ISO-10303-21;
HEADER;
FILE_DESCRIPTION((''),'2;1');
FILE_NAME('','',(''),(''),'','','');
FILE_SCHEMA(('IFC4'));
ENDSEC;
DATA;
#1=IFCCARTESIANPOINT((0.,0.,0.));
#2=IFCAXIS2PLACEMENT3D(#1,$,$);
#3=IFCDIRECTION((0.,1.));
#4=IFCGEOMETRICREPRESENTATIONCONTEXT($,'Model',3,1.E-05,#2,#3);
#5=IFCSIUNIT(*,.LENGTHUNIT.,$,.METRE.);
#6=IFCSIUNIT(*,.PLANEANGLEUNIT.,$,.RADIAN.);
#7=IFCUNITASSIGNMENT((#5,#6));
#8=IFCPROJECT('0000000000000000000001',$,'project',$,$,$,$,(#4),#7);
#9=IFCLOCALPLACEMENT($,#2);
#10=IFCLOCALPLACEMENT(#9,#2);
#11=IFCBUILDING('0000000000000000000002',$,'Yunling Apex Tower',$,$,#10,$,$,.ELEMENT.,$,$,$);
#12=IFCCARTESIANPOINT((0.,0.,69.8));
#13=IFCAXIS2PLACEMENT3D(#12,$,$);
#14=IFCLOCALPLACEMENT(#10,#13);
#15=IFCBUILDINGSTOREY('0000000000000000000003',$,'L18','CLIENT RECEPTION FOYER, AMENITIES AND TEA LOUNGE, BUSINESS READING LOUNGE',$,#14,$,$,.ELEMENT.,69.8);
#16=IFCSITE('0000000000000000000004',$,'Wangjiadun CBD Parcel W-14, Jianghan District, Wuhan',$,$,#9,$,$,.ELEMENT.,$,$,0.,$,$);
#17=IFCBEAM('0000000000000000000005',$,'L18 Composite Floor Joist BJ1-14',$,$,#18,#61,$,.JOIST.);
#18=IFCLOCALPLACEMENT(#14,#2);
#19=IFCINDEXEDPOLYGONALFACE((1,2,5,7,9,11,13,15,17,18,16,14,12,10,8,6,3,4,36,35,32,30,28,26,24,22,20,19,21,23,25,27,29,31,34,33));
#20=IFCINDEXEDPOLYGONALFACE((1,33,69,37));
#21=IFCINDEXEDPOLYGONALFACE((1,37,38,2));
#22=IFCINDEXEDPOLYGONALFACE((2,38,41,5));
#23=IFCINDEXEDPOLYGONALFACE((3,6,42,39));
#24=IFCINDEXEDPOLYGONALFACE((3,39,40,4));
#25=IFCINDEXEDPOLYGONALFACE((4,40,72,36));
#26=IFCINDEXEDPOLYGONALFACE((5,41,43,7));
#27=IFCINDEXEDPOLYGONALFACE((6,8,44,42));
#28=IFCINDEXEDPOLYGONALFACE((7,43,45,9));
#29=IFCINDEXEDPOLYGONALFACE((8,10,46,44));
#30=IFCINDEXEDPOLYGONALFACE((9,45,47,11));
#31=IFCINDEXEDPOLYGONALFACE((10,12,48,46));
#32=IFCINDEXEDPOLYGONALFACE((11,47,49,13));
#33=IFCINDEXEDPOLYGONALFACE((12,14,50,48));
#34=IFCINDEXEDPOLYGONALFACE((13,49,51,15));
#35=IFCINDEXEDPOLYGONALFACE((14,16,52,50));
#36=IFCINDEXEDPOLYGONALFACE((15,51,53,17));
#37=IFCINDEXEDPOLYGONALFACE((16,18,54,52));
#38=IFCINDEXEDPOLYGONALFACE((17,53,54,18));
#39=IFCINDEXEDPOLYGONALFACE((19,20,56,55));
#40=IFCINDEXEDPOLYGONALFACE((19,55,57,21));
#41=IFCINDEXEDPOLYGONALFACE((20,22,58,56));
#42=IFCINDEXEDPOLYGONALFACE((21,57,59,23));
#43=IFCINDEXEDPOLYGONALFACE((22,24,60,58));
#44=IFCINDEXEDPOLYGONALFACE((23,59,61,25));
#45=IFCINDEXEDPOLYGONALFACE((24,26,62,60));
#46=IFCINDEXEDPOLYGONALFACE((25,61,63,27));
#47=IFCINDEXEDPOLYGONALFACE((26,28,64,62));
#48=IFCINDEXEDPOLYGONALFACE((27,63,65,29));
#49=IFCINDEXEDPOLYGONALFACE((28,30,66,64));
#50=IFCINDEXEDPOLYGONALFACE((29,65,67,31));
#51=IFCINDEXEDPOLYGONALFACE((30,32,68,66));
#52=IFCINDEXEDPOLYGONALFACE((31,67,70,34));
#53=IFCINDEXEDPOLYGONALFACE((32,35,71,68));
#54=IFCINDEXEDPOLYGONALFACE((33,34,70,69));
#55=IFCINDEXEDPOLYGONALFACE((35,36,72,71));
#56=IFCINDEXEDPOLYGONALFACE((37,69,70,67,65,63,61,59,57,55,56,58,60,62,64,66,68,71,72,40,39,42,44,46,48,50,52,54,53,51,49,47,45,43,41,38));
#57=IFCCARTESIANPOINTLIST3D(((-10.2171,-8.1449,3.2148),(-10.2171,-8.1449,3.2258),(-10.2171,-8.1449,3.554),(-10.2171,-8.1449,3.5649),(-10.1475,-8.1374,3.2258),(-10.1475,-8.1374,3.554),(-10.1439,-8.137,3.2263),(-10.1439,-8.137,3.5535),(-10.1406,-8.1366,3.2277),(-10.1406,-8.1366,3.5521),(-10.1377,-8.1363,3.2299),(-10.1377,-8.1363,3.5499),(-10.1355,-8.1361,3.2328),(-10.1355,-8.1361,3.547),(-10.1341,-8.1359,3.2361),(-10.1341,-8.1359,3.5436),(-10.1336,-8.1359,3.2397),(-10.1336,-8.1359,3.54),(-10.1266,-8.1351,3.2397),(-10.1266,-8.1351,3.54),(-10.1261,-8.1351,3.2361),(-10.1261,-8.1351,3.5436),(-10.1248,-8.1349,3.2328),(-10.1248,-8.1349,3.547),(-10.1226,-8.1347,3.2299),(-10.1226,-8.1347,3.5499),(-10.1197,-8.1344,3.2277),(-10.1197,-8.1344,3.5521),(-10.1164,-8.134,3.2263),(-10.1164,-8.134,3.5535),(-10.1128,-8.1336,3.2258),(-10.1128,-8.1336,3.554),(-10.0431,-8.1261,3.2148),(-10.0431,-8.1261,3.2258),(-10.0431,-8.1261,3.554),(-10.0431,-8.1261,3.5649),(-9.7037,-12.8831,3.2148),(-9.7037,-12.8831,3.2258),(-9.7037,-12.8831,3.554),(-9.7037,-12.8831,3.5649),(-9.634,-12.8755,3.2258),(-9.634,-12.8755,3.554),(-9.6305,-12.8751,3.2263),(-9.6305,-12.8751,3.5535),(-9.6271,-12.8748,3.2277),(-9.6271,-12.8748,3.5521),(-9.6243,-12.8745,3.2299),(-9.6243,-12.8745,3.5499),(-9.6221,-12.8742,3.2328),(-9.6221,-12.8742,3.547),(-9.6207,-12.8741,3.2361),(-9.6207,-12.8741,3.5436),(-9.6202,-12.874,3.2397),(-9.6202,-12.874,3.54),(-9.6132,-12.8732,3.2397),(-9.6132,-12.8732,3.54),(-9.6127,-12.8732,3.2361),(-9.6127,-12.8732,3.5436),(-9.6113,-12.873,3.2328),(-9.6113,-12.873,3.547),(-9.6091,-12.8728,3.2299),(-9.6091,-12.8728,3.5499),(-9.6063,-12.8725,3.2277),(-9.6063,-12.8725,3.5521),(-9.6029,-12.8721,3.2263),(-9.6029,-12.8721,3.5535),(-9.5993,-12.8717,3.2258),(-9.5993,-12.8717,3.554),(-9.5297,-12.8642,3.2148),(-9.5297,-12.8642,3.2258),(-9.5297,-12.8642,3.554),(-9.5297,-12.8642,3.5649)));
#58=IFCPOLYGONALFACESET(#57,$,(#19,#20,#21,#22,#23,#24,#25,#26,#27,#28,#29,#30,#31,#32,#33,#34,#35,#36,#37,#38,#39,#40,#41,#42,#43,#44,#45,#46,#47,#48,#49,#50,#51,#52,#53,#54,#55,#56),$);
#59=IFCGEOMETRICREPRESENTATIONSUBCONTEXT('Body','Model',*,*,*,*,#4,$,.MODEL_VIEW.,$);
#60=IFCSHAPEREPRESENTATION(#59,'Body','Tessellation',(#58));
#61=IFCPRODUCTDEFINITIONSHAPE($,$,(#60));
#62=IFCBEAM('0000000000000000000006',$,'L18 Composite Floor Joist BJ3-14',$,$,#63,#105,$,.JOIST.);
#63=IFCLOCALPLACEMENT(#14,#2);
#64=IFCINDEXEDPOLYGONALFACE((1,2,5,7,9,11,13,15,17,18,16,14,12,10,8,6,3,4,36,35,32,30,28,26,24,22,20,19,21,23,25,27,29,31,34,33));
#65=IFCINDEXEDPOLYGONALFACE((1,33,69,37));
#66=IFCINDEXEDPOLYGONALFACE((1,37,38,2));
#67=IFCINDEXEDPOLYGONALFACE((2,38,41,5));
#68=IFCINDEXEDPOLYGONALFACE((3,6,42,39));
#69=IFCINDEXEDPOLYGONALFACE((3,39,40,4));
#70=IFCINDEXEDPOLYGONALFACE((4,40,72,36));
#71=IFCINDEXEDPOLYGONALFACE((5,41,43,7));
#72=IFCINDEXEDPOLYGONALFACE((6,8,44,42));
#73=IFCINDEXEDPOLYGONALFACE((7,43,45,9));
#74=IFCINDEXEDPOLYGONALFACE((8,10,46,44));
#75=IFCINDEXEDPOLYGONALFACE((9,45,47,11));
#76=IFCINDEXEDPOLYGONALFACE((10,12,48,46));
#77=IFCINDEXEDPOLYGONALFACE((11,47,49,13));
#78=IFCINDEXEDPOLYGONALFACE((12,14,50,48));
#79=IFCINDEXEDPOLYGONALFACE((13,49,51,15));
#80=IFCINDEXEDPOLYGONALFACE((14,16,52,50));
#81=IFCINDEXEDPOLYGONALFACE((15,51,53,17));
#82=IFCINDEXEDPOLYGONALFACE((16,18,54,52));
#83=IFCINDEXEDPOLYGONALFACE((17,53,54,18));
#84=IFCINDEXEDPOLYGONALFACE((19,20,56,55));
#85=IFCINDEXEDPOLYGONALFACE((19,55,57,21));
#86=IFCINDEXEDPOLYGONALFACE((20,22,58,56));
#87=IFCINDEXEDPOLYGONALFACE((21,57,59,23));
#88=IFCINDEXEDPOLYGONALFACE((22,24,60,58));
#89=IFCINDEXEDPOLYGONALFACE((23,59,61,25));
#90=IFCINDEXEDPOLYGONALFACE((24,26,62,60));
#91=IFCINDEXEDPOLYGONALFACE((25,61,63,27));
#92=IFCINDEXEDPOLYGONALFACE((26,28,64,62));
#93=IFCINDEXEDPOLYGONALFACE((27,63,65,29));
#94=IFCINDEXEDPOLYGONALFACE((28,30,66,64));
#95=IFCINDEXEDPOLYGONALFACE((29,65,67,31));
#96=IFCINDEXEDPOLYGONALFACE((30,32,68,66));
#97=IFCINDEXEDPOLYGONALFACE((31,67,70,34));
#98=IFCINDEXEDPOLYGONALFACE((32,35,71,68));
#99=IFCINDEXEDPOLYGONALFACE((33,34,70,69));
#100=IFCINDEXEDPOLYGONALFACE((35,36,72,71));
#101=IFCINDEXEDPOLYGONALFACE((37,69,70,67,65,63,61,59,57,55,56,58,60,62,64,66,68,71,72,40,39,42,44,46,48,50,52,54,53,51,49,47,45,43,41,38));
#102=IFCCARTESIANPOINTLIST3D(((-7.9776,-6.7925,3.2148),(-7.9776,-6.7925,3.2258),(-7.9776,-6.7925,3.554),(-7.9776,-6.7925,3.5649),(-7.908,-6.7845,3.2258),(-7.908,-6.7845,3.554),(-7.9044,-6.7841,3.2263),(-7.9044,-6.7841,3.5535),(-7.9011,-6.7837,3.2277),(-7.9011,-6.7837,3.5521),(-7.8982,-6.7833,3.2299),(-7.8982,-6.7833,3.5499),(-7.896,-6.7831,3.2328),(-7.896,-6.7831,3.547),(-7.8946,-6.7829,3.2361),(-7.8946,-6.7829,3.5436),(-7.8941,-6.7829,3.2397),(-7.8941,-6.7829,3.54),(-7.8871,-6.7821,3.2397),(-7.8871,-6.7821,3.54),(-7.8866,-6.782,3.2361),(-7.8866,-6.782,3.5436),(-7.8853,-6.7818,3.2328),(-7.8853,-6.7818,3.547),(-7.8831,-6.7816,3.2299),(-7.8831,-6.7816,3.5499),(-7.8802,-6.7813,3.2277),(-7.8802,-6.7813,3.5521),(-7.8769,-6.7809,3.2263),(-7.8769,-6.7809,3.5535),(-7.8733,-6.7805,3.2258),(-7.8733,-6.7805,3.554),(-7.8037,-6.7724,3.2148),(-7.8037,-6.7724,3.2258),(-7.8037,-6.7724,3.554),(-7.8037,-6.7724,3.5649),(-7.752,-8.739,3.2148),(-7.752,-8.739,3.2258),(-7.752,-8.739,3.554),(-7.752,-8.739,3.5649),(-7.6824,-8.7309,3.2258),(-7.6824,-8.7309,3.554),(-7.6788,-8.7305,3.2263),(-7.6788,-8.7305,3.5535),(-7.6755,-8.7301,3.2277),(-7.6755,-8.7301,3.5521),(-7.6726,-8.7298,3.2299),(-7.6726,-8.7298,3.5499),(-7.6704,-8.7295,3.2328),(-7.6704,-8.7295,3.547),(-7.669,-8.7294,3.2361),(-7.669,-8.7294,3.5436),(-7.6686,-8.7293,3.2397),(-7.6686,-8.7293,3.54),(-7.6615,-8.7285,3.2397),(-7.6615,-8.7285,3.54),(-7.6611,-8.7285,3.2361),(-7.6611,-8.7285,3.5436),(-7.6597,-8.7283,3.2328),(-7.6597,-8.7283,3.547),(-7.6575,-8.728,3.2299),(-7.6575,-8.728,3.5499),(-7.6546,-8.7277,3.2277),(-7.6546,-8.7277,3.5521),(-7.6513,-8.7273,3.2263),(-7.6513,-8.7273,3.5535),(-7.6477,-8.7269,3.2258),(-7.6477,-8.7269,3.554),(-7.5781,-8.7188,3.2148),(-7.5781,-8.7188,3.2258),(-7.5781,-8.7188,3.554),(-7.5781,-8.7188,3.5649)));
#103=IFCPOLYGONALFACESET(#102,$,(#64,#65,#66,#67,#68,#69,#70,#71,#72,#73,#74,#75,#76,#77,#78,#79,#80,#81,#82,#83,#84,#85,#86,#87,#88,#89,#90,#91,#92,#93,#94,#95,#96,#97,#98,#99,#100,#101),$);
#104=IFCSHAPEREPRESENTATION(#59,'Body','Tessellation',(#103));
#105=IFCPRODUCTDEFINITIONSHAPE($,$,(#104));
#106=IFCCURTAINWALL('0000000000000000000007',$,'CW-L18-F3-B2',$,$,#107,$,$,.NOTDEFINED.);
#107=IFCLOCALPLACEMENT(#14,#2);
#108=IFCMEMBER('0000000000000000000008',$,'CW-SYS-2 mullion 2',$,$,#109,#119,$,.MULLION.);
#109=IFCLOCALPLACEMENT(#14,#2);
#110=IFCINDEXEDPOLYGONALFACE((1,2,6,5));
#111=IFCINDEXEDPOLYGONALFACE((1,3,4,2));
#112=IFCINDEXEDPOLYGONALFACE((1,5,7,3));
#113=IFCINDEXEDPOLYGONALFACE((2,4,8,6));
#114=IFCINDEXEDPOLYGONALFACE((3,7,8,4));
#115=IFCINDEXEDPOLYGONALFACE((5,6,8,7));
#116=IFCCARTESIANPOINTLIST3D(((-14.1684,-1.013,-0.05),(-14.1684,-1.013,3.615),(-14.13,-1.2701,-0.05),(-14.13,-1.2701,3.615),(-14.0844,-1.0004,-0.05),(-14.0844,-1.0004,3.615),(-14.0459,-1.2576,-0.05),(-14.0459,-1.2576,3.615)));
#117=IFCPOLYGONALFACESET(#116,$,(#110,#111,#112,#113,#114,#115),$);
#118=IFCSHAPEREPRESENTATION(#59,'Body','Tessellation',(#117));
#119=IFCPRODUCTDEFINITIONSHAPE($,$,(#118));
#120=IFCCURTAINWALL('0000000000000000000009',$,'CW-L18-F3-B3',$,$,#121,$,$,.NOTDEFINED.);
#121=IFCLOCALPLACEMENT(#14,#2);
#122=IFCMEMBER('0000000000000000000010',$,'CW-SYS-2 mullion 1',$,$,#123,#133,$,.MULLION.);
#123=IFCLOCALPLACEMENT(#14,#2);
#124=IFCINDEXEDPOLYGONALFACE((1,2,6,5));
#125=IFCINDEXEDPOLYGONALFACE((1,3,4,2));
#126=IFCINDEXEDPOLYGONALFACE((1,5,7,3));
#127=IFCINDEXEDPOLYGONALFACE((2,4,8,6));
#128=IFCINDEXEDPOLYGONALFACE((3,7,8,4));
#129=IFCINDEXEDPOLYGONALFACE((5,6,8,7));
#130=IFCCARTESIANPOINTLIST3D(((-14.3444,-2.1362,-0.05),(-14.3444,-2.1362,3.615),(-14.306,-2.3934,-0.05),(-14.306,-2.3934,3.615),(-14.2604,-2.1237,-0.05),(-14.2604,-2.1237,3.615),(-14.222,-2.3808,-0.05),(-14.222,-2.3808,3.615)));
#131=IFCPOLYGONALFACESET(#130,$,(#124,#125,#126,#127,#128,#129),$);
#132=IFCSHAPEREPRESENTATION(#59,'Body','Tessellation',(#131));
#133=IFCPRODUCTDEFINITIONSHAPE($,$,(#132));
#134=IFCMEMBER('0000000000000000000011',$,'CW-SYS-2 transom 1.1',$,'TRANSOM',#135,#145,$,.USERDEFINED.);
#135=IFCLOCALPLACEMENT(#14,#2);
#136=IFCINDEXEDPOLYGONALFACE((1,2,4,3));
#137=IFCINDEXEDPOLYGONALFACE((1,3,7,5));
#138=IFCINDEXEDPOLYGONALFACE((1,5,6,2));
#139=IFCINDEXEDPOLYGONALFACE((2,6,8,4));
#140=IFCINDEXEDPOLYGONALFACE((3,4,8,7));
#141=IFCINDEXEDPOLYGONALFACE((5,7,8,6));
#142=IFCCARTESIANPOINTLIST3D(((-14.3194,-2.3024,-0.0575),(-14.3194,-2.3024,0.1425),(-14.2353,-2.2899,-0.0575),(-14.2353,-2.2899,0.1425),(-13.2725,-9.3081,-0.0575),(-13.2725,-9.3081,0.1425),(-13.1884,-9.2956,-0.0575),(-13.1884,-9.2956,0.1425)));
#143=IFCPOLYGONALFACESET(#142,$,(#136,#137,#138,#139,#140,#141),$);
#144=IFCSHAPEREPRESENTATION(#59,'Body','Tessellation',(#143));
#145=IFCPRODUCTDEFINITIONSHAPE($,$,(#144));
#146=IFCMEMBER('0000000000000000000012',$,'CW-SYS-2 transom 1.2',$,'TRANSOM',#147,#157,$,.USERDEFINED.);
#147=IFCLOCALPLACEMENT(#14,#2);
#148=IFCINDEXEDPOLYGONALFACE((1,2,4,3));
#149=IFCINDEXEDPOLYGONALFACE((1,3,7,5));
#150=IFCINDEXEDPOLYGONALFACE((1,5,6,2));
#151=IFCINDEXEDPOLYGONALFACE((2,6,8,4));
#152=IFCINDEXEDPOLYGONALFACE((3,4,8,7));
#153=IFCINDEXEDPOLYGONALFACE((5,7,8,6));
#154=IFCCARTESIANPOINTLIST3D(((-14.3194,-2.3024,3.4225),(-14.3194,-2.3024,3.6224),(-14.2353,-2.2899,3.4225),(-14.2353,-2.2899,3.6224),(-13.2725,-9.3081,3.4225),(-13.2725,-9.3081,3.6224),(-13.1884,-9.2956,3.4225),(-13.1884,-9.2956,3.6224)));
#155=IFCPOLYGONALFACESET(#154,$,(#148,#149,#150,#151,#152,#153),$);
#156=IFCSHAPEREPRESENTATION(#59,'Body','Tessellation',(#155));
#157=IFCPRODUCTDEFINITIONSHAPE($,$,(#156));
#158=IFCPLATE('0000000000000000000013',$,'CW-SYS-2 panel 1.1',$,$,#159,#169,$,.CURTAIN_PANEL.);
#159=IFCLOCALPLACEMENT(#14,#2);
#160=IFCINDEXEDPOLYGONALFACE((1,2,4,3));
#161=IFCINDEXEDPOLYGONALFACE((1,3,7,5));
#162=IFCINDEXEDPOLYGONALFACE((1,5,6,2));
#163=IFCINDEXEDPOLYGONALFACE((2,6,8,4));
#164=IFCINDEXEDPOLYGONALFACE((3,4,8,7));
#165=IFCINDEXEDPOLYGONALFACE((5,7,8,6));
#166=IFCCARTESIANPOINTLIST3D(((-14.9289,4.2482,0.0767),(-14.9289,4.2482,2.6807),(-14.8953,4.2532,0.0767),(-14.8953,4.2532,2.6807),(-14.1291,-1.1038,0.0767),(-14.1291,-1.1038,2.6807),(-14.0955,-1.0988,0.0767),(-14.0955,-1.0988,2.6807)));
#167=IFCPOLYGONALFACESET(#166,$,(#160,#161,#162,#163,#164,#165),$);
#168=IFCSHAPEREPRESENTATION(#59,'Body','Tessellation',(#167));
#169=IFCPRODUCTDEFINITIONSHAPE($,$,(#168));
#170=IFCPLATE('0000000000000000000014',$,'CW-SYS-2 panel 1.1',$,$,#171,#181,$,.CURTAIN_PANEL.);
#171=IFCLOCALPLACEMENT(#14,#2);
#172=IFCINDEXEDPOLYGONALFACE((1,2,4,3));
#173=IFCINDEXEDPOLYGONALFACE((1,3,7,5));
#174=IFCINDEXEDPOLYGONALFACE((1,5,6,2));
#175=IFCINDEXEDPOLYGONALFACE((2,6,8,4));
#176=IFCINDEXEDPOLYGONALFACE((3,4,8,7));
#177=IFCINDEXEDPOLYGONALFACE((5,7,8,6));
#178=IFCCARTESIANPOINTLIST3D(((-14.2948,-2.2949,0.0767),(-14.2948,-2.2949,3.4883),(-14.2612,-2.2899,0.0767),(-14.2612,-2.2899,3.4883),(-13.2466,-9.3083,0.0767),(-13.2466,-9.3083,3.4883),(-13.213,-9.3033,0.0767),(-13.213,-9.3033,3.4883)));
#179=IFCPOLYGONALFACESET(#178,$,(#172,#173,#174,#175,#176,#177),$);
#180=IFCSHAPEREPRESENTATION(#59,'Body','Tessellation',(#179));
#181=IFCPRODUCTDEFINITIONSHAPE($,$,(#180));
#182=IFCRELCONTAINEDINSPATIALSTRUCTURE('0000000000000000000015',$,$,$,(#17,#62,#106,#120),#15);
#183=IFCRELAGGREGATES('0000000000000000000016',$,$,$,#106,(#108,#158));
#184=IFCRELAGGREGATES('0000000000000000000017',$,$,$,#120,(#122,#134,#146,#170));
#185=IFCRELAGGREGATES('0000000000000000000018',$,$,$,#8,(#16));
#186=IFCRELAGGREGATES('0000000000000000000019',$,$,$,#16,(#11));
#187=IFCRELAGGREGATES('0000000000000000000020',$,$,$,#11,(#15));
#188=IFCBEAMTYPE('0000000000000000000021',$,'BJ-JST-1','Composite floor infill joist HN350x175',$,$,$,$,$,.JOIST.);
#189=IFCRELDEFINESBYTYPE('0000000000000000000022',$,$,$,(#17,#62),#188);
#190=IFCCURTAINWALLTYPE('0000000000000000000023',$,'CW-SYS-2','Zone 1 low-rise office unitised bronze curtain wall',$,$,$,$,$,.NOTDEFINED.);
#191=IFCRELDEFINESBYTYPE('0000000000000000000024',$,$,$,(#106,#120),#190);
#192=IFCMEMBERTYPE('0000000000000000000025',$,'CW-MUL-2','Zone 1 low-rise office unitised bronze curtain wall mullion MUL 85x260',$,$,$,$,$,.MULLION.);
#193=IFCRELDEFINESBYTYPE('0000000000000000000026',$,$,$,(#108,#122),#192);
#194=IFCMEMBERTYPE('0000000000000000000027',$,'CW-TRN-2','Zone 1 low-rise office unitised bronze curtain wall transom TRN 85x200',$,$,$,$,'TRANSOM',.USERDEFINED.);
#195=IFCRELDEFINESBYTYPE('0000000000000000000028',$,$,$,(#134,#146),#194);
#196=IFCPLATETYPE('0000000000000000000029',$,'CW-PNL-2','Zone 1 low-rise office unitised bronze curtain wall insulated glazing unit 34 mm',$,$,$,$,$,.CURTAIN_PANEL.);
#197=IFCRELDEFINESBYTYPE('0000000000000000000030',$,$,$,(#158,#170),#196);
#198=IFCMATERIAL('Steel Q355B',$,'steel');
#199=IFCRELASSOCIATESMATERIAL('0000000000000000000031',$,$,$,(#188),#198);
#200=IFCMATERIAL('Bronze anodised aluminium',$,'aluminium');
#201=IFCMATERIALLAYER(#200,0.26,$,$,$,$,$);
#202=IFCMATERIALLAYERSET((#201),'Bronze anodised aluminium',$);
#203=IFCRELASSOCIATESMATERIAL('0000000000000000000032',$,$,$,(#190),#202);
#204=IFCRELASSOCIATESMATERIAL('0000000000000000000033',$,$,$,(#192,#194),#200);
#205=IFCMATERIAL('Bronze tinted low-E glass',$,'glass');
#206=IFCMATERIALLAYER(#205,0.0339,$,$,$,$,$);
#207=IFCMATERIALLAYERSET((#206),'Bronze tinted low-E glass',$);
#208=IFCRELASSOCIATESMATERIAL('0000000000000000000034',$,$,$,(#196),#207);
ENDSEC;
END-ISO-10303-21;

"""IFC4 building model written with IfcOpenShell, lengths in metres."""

from ifc_helpers import new_model, si_unit, direction, frame, origin, origin_2d, place, context, subcontext, project, spatial, rectangle, i_section, extrude, source, transform, mapped, material, layer, layer_set, material_profile, profile_set, type_object, element, aggregate, save


model = new_model("IFC4")

# Units and contexts
model_context = context("Model", 3, precision=1e-05, world=origin(), true_north=direction((0.0, 1.0)))
body_context = subcontext(model_context, "Body", "Model", "MODEL_VIEW")
ifc_project = project(units=[si_unit("LENGTHUNIT", "METRE"), si_unit("PLANEANGLEUNIT", "RADIAN")], contexts=[model_context])

# Site, building, storey
site_placement = place(None, origin())
site = spatial("IfcSite", under=ifc_project, at=site_placement, Name="Wangjiadun CBD Parcel W-14, Jianghan District, Wuhan", CompositionType="ELEMENT", RefElevation=0.0)
building_placement = place(site_placement, origin())
building = spatial("IfcBuilding", under=site, at=building_placement, Name="Yunling Apex Tower", CompositionType="ELEMENT")
storey_placement = place(building_placement, frame((0.0, 0.0, 69.8)))
storey = spatial("IfcBuildingStorey", under=building, at=storey_placement, Name="L18", Description="CLIENT RECEPTION FOYER, AMENITIES AND TEA LOUNGE, BUSINESS READING LOUNGE", CompositionType="ELEMENT", Elevation=69.8)

# Beams
ifc_material_1 = material(Name="Steel Q355B", Category="steel")
ifc_material_profile_1 = material_profile(ifc_material_1, i_section(OverallWidth=0.175, OverallDepth=0.3501, WebThickness=0.0071, FlangeThickness=0.011, FilletRadius=0.0139, at=origin_2d()))
ifc_profile_set_1 = profile_set([ifc_material_profile_1], Name="Steel Q355B")
beam_type_1 = type_object("IfcBeamType", Name="BJ-JST-1", Description="Composite floor infill joist HN350x175", PredefinedType="JOIST", material=ifc_profile_set_1)
shared_shape_1 = source(origin(), body_context, "Body", "SweptSolid", [
    extrude(i_section(OverallWidth=0.175, OverallDepth=0.3501, WebThickness=0.0071, FlangeThickness=0.011, FilletRadius=0.0139, at=origin_2d()), origin(), (0.0, 0.0, 1.0), 4.7659),
])
beam_1_placement = place(storey_placement, frame((-10.1301, -8.1355, 3.3899), z_axis=(0.107732, -0.99418, 0.0), x_axis=(0.99418, 0.107732, 0.0)))
element("IfcBeam", 1, at=beam_1_placement, inside=storey, type_object=beam_type_1, Name="L18 Composite Floor Joist BJ1-14", PredefinedType="JOIST", context=body_context, shape_type="MappedRepresentation", body=[
    mapped(shared_shape_1, transform((0.0, 0.0, 0.0), scale=1.0)),
])
shared_shape_2 = source(origin(), body_context, "Body", "SweptSolid", [
    extrude(i_section(OverallWidth=0.175, OverallDepth=0.3501, WebThickness=0.0071, FlangeThickness=0.011, FilletRadius=0.0139, at=origin_2d()), origin(), (0.0, 0.0, 1.0), 1.9595),
])
beam_2_placement = place(storey_placement, frame((-7.8906, -6.7825, 3.3899), z_axis=(0.115121, -0.993352, 0.0), x_axis=(0.993352, 0.115121, 0.0)))
element("IfcBeam", 2, at=beam_2_placement, inside=storey, type_object=beam_type_1, Name="L18 Composite Floor Joist BJ3-14", PredefinedType="JOIST", context=body_context, shape_type="MappedRepresentation", body=[
    mapped(shared_shape_2, transform((0.0, 0.0, 0.0), scale=1.0)),
])

# Curtain wall, member
ifc_material_2 = material(Name="Bronze anodised aluminium", Category="aluminium")
ifc_layer_1 = layer(ifc_material_2, 0.26)
ifc_layer_set_1 = layer_set([ifc_layer_1], Name="Bronze anodised aluminium")
curtain_wall_type = type_object("IfcCurtainWallType", Name="CW-SYS-2", Description="Zone 1 low-rise office unitised bronze curtain wall", PredefinedType="NOTDEFINED", material=ifc_layer_set_1)
curtain_wall_1_placement = place(storey_placement, origin())
curtain_wall_1 = element("IfcCurtainWall", 3, at=curtain_wall_1_placement, inside=storey, type_object=curtain_wall_type, Name="CW-L18-F3-B2", PredefinedType="NOTDEFINED")
ifc_material_profile_2 = material_profile(ifc_material_2, rectangle(XDim=0.085, YDim=0.26, at=origin_2d()))
ifc_profile_set_2 = profile_set([ifc_material_profile_2], Name="Bronze anodised aluminium")
member_type_1 = type_object("IfcMemberType", Name="CW-MUL-2", Description="Zone 1 low-rise office unitised bronze curtain wall mullion MUL 85x260", PredefinedType="MULLION", material=ifc_profile_set_2)
shared_shape_3 = source(origin(), body_context, "Body", "SweptSolid", [
    extrude(rectangle(XDim=0.085, YDim=0.26, at=origin_2d()), origin(), (0.0, 0.0, 1.0), 3.665),
])
member_1_placement = place(storey_placement, frame((-14.1072, -1.1353, -0.05), z_axis=(0.0, 0.0, 1.0), x_axis=(0.989017, 0.147801, 0.0)))
member_1 = element("IfcMember", 4, at=member_1_placement, type_object=member_type_1, Name="CW-SYS-2 mullion 2", PredefinedType="MULLION", context=body_context, shape_type="MappedRepresentation", body=[
    mapped(shared_shape_3, transform((0.0, 0.0, 0.0), scale=1.0)),
])

# Curtain wall, members
curtain_wall_2_placement = place(storey_placement, origin())
curtain_wall_2 = element("IfcCurtainWall", 5, at=curtain_wall_2_placement, inside=storey, type_object=curtain_wall_type, Name="CW-L18-F3-B3", PredefinedType="NOTDEFINED")
member_2_placement = place(storey_placement, frame((-14.2832, -2.2585, -0.05), z_axis=(0.0, 0.0, 1.0), x_axis=(0.989015, 0.147815, 0.0)))
member_2 = element("IfcMember", 6, at=member_2_placement, type_object=member_type_1, Name="CW-SYS-2 mullion 1", PredefinedType="MULLION", context=body_context, shape_type="MappedRepresentation", body=[
    mapped(shared_shape_3, transform((0.0, 0.0, 0.0), scale=1.0)),
])
ifc_material_profile_3 = material_profile(ifc_material_2, rectangle(XDim=0.085, YDim=0.2, at=origin_2d()))
ifc_profile_set_3 = profile_set([ifc_material_profile_3], Name="Bronze anodised aluminium")
member_type_2 = type_object("IfcMemberType", Name="CW-TRN-2", Description="Zone 1 low-rise office unitised bronze curtain wall transom TRN 85x200", ElementType="TRANSOM", PredefinedType="USERDEFINED", material=ifc_profile_set_3)
shared_shape_4 = source(origin(), body_context, "Body", "SweptSolid", [
    extrude(rectangle(XDim=0.085, YDim=0.2, at=origin_2d()), origin(), (0.0, 0.0, 1.0), 7.0835),
])
member_3_placement = place(storey_placement, frame((-14.2773, -2.2961, 0.0425), z_axis=(0.147793, -0.989018, 0.0), x_axis=(0.989018, 0.147793, 0.0)))
member_3 = element("IfcMember", 7, at=member_3_placement, type_object=member_type_2, Name="CW-SYS-2 transom 1.1", ObjectType="TRANSOM", PredefinedType="USERDEFINED", context=body_context, shape_type="MappedRepresentation", body=[
    mapped(shared_shape_4, transform((0.0, 0.0, 0.0), scale=1.0)),
])
member_4_placement = place(storey_placement, frame((-14.2773, -2.2961, 3.5225), z_axis=(0.147793, -0.989018, 0.0), x_axis=(0.989018, 0.147793, 0.0)))
member_4 = element("IfcMember", 8, at=member_4_placement, type_object=member_type_2, Name="CW-SYS-2 transom 1.2", ObjectType="TRANSOM", PredefinedType="USERDEFINED", context=body_context, shape_type="MappedRepresentation", body=[
    mapped(shared_shape_4, transform((0.0, 0.0, 0.0), scale=1.0)),
])

# Plates
ifc_material_3 = material(Name="Bronze tinted low-E glass", Category="glass")
ifc_layer_2 = layer(ifc_material_3, 0.0339)
ifc_layer_set_2 = layer_set([ifc_layer_2], Name="Bronze tinted low-E glass")
plate_type = type_object("IfcPlateType", Name="CW-PNL-2", Description="Zone 1 low-rise office unitised bronze curtain wall insulated glazing unit 34 mm", PredefinedType="CURTAIN_PANEL", material=ifc_layer_set_2)
shared_shape_5 = source(origin(), body_context, "Body", "SweptSolid", [
    extrude(rectangle(XDim=5.4114, YDim=0.0339, at=origin_2d()), origin(), (0.0, 0.0, 1.0), 2.604),
])
plate_1_placement = place(storey_placement, frame((-14.5122, 1.5747, 0.0767), z_axis=(0.0, 0.0, 1.0), x_axis=(0.147801, -0.989017, 0.0)))
plate_1 = element("IfcPlate", 9, at=plate_1_placement, type_object=plate_type, Name="CW-SYS-2 panel 1.1", PredefinedType="CURTAIN_PANEL", context=body_context, shape_type="MappedRepresentation", body=[
    mapped(shared_shape_5, transform((0.0, 0.0, 0.0), scale=1.0)),
])
aggregate(curtain_wall_1, [member_1, plate_1])
shared_shape_6 = source(origin(), body_context, "Body", "SweptSolid", [
    extrude(rectangle(XDim=7.0913, YDim=0.0339, at=origin_2d()), origin(), (0.0, 0.0, 1.0), 3.4116),
])
plate_2_placement = place(storey_placement, frame((-13.7539, -5.7991, 0.0767), z_axis=(0.0, 0.0, 1.0), x_axis=(0.147815, -0.989015, 0.0)))
plate_2 = element("IfcPlate", 10, at=plate_2_placement, type_object=plate_type, Name="CW-SYS-2 panel 1.1", PredefinedType="CURTAIN_PANEL", context=body_context, shape_type="MappedRepresentation", body=[
    mapped(shared_shape_6, transform((0.0, 0.0, 0.0), scale=1.0)),
])
aggregate(curtain_wall_2, [member_2, member_3, member_4, plate_2])

save(model, "model.ifc")
